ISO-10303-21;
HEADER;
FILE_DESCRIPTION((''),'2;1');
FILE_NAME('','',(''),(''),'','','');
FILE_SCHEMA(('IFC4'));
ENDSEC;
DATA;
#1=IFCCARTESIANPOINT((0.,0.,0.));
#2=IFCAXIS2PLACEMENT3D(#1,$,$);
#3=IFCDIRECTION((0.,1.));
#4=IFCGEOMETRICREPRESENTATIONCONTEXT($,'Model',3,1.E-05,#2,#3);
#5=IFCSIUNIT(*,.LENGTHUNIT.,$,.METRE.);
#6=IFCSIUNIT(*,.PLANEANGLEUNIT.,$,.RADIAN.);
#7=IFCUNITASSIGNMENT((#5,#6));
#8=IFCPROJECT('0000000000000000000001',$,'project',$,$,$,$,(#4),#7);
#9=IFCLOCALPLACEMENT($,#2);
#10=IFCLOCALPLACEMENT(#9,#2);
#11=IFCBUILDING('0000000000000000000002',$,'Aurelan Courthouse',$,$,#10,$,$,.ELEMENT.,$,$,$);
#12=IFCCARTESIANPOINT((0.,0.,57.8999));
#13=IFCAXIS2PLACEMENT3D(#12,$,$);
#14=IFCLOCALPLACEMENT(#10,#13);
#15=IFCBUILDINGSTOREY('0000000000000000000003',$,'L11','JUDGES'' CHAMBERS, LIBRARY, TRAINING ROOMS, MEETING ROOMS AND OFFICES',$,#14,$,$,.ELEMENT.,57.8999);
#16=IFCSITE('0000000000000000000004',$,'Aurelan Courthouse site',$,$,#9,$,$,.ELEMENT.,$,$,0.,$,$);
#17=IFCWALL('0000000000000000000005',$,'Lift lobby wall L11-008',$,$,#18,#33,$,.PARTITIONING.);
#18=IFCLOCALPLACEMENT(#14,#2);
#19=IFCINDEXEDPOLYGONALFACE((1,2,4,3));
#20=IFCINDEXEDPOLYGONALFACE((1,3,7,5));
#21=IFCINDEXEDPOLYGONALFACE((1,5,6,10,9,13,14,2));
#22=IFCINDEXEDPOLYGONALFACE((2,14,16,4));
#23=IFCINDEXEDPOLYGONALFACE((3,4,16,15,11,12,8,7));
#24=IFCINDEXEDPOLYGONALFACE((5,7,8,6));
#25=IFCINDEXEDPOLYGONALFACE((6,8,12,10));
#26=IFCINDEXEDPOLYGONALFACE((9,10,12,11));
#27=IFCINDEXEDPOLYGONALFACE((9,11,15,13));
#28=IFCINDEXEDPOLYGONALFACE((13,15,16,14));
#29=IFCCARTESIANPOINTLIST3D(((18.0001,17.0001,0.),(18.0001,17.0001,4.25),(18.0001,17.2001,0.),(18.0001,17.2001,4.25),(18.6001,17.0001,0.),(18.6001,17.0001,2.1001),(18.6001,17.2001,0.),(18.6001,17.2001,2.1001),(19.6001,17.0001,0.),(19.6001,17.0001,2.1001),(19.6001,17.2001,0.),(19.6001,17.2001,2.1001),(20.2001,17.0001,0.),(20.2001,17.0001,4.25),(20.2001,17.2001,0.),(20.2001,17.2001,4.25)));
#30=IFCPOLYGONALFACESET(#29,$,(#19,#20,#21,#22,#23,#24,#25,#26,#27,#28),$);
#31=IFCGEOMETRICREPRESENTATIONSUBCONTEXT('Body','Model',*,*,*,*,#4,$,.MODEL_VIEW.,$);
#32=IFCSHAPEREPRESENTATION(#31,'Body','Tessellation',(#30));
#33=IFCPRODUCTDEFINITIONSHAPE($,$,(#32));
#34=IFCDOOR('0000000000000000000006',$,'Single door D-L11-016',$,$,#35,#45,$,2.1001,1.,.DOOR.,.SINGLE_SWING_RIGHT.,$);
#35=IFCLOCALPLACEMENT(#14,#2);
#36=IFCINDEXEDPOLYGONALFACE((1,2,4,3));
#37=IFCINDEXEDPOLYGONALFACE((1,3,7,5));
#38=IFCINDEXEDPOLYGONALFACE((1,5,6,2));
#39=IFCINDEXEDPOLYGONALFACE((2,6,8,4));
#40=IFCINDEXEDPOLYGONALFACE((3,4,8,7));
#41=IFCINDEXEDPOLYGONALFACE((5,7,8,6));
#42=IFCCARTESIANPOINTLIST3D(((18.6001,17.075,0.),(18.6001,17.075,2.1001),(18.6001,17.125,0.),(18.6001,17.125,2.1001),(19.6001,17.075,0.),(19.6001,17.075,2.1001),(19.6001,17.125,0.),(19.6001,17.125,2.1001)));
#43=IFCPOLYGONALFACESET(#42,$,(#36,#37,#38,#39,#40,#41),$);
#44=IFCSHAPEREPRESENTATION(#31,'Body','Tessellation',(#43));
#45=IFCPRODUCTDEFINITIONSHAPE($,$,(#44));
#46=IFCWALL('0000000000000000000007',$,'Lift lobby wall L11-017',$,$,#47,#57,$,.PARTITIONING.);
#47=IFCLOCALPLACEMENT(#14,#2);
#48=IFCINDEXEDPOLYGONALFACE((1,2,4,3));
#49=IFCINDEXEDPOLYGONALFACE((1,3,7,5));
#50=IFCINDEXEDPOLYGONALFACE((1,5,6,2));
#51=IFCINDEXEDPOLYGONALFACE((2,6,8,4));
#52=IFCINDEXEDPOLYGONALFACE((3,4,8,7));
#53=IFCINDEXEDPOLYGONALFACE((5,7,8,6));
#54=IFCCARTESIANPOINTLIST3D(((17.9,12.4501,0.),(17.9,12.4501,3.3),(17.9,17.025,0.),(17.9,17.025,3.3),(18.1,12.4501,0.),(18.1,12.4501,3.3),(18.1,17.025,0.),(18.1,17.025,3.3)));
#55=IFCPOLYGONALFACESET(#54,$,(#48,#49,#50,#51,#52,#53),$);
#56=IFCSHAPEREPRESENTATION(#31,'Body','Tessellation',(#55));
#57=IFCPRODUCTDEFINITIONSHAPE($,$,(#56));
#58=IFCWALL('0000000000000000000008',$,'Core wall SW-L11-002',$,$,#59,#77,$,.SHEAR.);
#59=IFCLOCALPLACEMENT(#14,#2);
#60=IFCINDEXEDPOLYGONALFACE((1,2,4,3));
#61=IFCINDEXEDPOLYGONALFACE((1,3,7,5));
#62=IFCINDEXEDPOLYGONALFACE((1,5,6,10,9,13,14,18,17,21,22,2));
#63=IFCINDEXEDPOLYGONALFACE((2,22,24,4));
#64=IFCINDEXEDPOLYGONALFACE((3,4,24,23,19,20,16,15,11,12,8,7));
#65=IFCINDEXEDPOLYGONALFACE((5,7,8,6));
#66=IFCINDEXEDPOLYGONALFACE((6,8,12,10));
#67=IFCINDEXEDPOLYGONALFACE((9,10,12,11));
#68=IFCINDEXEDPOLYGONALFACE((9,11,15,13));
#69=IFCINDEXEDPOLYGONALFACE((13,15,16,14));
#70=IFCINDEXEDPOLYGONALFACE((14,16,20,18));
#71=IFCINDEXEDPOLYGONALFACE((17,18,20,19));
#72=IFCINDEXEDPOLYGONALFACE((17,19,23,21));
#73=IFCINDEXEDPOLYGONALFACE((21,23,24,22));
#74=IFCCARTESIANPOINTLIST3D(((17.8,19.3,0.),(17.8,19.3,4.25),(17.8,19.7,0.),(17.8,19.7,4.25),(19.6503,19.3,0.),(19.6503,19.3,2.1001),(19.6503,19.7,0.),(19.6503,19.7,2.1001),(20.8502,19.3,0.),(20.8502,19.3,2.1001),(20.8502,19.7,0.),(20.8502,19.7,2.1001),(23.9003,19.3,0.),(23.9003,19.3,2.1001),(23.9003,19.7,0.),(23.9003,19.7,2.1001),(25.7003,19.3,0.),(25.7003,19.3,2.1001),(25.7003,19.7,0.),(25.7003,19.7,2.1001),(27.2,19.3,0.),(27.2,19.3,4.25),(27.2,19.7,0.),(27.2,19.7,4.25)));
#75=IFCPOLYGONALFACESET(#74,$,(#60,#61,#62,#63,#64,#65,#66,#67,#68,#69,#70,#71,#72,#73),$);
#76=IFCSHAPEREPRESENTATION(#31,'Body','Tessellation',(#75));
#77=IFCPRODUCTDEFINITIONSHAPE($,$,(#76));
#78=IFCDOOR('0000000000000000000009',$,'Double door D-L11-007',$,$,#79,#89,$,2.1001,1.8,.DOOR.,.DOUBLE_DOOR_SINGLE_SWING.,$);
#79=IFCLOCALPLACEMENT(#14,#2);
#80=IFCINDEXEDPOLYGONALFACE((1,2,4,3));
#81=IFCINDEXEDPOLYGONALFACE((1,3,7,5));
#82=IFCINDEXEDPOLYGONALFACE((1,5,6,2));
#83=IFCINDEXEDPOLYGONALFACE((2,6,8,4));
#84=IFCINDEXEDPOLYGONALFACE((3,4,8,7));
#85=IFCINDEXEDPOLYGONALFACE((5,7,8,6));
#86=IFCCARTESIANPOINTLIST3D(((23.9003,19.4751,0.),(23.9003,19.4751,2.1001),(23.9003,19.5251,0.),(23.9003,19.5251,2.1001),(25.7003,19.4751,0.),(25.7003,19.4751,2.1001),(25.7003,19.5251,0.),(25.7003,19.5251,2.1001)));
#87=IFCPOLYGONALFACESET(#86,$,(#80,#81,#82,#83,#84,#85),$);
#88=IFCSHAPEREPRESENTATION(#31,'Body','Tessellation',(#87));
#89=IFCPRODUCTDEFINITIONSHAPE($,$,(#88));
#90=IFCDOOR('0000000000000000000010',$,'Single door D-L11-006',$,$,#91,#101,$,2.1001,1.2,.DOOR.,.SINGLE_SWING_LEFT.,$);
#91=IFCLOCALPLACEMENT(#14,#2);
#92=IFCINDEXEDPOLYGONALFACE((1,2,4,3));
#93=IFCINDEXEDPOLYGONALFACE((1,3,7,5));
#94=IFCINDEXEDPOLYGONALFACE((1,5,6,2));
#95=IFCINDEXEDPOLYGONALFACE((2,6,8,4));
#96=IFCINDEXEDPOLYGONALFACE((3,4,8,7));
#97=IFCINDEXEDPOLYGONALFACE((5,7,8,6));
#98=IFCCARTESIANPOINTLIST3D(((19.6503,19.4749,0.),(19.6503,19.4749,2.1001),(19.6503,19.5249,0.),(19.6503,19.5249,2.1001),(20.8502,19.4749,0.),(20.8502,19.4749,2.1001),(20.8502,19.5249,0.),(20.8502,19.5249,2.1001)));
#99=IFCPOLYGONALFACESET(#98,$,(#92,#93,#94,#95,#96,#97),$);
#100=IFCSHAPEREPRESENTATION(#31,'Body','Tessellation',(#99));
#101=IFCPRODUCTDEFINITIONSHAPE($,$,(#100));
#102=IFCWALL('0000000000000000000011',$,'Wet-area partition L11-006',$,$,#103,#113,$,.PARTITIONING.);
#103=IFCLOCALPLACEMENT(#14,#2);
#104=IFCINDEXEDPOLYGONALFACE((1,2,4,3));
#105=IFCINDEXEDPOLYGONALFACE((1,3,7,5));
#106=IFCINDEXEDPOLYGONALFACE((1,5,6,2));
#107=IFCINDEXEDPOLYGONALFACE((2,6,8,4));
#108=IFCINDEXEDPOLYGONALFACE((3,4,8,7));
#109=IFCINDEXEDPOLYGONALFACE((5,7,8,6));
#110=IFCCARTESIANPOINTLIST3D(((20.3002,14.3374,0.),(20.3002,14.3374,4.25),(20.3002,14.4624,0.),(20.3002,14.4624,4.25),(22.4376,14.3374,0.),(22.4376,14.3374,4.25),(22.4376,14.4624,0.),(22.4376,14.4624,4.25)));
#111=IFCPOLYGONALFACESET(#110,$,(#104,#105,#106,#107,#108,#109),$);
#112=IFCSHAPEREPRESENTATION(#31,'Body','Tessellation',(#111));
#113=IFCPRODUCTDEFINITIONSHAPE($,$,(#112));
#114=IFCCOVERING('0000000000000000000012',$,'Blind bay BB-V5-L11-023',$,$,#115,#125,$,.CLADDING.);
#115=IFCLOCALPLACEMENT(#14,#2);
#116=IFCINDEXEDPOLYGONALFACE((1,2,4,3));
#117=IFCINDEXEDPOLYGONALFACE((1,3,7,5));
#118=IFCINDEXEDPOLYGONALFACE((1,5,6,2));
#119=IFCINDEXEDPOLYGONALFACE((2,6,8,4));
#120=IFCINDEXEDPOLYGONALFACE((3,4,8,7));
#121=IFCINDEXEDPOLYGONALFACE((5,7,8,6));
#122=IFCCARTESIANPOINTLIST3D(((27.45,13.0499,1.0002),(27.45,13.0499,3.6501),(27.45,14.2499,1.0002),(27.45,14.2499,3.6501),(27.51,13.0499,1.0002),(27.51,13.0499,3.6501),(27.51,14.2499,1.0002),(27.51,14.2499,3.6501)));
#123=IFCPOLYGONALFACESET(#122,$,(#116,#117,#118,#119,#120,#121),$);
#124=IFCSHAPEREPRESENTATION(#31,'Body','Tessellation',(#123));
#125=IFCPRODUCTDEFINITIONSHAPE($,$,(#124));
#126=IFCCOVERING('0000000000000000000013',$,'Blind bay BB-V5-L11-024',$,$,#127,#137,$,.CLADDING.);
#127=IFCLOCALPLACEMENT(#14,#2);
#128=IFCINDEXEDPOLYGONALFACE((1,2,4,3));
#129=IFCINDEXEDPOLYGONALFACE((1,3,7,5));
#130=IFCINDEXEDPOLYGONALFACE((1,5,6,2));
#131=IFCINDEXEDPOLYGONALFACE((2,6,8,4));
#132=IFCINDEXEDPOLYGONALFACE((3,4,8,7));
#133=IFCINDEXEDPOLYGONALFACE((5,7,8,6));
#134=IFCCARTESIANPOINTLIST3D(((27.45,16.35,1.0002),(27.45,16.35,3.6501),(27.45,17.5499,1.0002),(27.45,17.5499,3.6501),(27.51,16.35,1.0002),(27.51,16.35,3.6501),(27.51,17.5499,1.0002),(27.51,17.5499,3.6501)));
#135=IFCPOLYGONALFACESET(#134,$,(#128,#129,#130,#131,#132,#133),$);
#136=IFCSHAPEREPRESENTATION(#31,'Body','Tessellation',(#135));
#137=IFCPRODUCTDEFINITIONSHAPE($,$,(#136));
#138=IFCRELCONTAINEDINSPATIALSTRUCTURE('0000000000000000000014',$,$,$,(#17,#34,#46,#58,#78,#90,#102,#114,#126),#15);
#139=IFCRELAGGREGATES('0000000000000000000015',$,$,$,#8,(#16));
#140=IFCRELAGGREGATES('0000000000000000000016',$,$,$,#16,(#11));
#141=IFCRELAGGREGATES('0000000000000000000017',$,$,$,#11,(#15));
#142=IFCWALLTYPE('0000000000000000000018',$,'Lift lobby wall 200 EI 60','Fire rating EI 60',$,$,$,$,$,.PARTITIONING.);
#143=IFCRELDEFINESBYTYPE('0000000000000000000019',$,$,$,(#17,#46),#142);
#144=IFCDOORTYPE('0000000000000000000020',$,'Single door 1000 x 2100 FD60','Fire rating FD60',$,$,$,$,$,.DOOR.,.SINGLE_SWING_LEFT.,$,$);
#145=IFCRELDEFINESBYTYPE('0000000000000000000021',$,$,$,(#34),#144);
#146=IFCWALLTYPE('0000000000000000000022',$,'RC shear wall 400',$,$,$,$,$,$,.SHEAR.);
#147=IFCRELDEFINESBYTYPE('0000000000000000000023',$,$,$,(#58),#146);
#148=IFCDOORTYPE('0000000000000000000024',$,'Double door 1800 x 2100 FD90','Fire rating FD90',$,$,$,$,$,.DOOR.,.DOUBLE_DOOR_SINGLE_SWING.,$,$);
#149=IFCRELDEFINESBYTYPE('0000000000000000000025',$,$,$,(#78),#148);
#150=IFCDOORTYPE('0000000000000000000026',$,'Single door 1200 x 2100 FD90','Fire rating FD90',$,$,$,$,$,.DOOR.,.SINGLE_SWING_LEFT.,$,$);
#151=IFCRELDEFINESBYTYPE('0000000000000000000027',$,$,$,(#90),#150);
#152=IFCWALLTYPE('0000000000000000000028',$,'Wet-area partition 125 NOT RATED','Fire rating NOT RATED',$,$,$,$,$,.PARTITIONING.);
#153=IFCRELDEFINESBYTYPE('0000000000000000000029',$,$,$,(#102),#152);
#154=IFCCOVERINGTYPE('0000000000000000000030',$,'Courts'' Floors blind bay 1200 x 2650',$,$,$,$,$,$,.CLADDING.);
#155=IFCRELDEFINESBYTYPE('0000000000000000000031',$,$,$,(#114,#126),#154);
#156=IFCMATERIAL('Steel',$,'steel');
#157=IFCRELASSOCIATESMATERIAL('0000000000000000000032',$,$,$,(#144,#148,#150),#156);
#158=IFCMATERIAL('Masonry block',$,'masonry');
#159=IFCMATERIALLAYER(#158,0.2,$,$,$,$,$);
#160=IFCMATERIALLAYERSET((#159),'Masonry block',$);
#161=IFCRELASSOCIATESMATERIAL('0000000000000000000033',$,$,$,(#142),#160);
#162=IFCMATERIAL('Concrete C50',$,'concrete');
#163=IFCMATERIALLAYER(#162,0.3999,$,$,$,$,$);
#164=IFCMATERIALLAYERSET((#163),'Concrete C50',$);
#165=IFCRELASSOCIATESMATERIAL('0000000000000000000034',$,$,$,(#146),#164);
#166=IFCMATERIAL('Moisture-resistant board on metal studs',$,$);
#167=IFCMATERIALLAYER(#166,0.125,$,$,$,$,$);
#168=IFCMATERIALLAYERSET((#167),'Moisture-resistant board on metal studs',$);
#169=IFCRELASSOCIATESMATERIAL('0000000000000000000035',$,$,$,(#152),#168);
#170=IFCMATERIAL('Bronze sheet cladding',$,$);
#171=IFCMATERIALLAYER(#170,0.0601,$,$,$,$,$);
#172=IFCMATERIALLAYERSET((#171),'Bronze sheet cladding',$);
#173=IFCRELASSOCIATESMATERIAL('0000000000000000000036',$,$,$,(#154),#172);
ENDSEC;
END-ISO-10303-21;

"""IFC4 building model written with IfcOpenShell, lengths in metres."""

from ifc_helpers import new_model, si_unit, direction, frame, frame_2d, origin, origin_2d, place, context, subcontext, project, spatial, rectangle, extrude, material, layer, layer_set, type_object, element, fill, save


model = new_model("IFC4")

# Units and contexts
model_context = context("Model", 3, precision=1e-05, world=origin(), true_north=direction((0.0, 1.0)))
body_context = subcontext(model_context, "Body", "Model", "MODEL_VIEW")
ifc_project = project(units=[si_unit("LENGTHUNIT", "METRE"), si_unit("PLANEANGLEUNIT", "RADIAN")], contexts=[model_context])

# Site, building, storey
site_placement = place(None, origin())
site = spatial("IfcSite", under=ifc_project, at=site_placement, Name="Aurelan Courthouse site", CompositionType="ELEMENT", RefElevation=0.0)
building_placement = place(site_placement, origin())
building = spatial("IfcBuilding", under=site, at=building_placement, Name="Aurelan Courthouse", CompositionType="ELEMENT")
storey_placement = place(building_placement, frame((0.0, 0.0, 57.8999)))
storey = spatial("IfcBuildingStorey", under=building, at=storey_placement, Name="L11", Description="JUDGES' CHAMBERS, LIBRARY, TRAINING ROOMS, MEETING ROOMS AND OFFICES", CompositionType="ELEMENT", Elevation=57.8999)

# Shared definitions
ifc_material_1 = material(Name="Concrete C50", Category="concrete")

# Shared definitions
ifc_material_2 = material(Name="Steel", Category="steel")
door_type_1 = type_object("IfcDoorType", Name="Single door 1000 x 2100 FD60", Description="Fire rating FD60", OperationType="SINGLE_SWING_LEFT", PredefinedType="DOOR", material=ifc_material_2)

# Wall, opening, door
ifc_material_3 = material(Name="Masonry block", Category="masonry")
ifc_layer_1 = layer(ifc_material_3, 0.2)
ifc_layer_set_1 = layer_set([ifc_layer_1], Name="Masonry block")
wall_type_1 = type_object("IfcWallType", Name="Lift lobby wall 200 EI 60", Description="Fire rating EI 60", PredefinedType="PARTITIONING", material=ifc_layer_set_1)
wall_1_placement = place(storey_placement, frame((18.0, 17.1001, 0.0), z_axis=(0.0, 0.0, 1.0), x_axis=(1.0, 0.0, 0.0)))
wall_1 = element("IfcWall", 1, at=wall_1_placement, inside=storey, type_object=wall_type_1, Name="Lift lobby wall L11-008", PredefinedType="PARTITIONING", context=body_context, shape_type="SweptSolid", body=[
    extrude(rectangle(XDim=2.2, YDim=0.2, at=frame_2d((1.1001, 0.0))), origin(), (0.0, 0.0, 1.0), 4.25),
])
opening_1_placement = place(wall_1_placement, frame((0.6001, 0.0, 0.0)))
opening_1 = element("IfcOpeningElement", 2, at=opening_1_placement, cuts=wall_1, PredefinedType="OPENING", context=body_context, shape_type="SweptSolid", body=[
    extrude(rectangle(XDim=1.0, YDim=2.1001, at=frame_2d((0.5, 1.05))), frame((0.0, 0.1099, 0.0), z_axis=(0.0, -1.0, 0.0), x_axis=(1.0, 0.0, 0.0)), (0.0, 0.0, 1.0), 0.22),
])
door_1_placement = place(opening_1_placement, origin())
door_1 = element("IfcDoor", 3, at=door_1_placement, inside=storey, type_object=door_type_1, Name="Single door D-L11-016", OperationType="SINGLE_SWING_RIGHT", OverallHeight=2.1001, OverallWidth=1.0, PredefinedType="DOOR", context=body_context, shape_type="SweptSolid", body=[
    extrude(rectangle(XDim=1.0, YDim=2.1001, at=frame_2d((0.5, 1.05))), frame((0.0, 0.0249, 0.0), z_axis=(0.0, -1.0, 0.0), x_axis=(1.0, 0.0, 0.0)), (0.0, 0.0, 1.0), 0.05),
])
fill(opening_1, door_1)

# Wall
wall_2_placement = place(storey_placement, frame((18.0, 12.45, 0.0), z_axis=(0.0, 0.0, 1.0), x_axis=(0.0, 1.0, 0.0)))
element("IfcWall", 4, at=wall_2_placement, inside=storey, type_object=wall_type_1, Name="Lift lobby wall L11-017", PredefinedType="PARTITIONING", context=body_context, shape_type="SweptSolid", body=[
    extrude(rectangle(XDim=4.575, YDim=0.2, at=frame_2d((2.2876, 0.0))), origin(), (0.0, 0.0, 1.0), 3.3),
])

# Wall, openings, doors
ifc_layer_2 = layer(ifc_material_1, 0.3999)
ifc_layer_set_2 = layer_set([ifc_layer_2], Name="Concrete C50")
wall_type_2 = type_object("IfcWallType", Name="RC shear wall 400", PredefinedType="SHEAR", material=ifc_layer_set_2)
wall_3_placement = place(storey_placement, frame((17.8, 19.5, 0.0), z_axis=(0.0, 0.0, 1.0), x_axis=(1.0, 0.0, 0.0)))
wall_3 = element("IfcWall", 5, at=wall_3_placement, inside=storey, type_object=wall_type_2, Name="Core wall SW-L11-002", PredefinedType="SHEAR", context=body_context, shape_type="SweptSolid", body=[
    extrude(rectangle(XDim=9.3999, YDim=0.3999, at=frame_2d((4.7, 0.0))), origin(), (0.0, 0.0, 1.0), 4.25),
])
opening_2_placement = place(wall_3_placement, frame((1.8501, 0.0, 0.0)))
opening_2 = element("IfcOpeningElement", 6, at=opening_2_placement, cuts=wall_3, PredefinedType="OPENING", context=body_context, shape_type="SweptSolid", body=[
    extrude(rectangle(XDim=1.2, YDim=2.1001, at=frame_2d((0.6001, 1.05))), frame((0.0, 0.21, 0.0), z_axis=(0.0, -1.0, 0.0), x_axis=(1.0, 0.0, 0.0)), (0.0, 0.0, 1.0), 0.4199),
])
opening_3_placement = place(wall_3_placement, frame((7.9001, 0.0, 0.0), z_axis=(0.0, 0.0, 1.0), x_axis=(-1.0, 0.0, 0.0)))
opening_3 = element("IfcOpeningElement", 7, at=opening_3_placement, cuts=wall_3, PredefinedType="OPENING", context=body_context, shape_type="SweptSolid", body=[
    extrude(rectangle(XDim=1.8, YDim=2.1001, at=frame_2d((0.8999, 1.05))), frame((0.0, 0.21, 0.0), z_axis=(0.0, -1.0, 0.0), x_axis=(1.0, 0.0, 0.0)), (0.0, 0.0, 1.0), 0.4199),
])
door_type_2 = type_object("IfcDoorType", Name="Double door 1800 x 2100 FD90", Description="Fire rating FD90", OperationType="DOUBLE_DOOR_SINGLE_SWING", PredefinedType="DOOR", material=ifc_material_2)
door_2_placement = place(opening_3_placement, origin())
door_2 = element("IfcDoor", 8, at=door_2_placement, inside=storey, type_object=door_type_2, Name="Double door D-L11-007", OperationType="DOUBLE_DOOR_SINGLE_SWING", OverallHeight=2.1001, OverallWidth=1.8, PredefinedType="DOOR", context=body_context, shape_type="SweptSolid", body=[
    extrude(rectangle(XDim=1.8, YDim=2.1001, at=frame_2d((0.8999, 1.05))), frame((0.0, 0.0249, 0.0), z_axis=(0.0, -1.0, 0.0), x_axis=(1.0, 0.0, 0.0)), (0.0, 0.0, 1.0), 0.05),
])
fill(opening_3, door_2)
door_type_3 = type_object("IfcDoorType", Name="Single door 1200 x 2100 FD90", Description="Fire rating FD90", OperationType="SINGLE_SWING_LEFT", PredefinedType="DOOR", material=ifc_material_2)
door_3_placement = place(opening_2_placement, origin())
door_3 = element("IfcDoor", 9, at=door_3_placement, inside=storey, type_object=door_type_3, Name="Single door D-L11-006", OperationType="SINGLE_SWING_LEFT", OverallHeight=2.1001, OverallWidth=1.2, PredefinedType="DOOR", context=body_context, shape_type="SweptSolid", body=[
    extrude(rectangle(XDim=1.2, YDim=2.1001, at=frame_2d((0.6001, 1.05))), frame((0.0, 0.0249, 0.0), z_axis=(0.0, -1.0, 0.0), x_axis=(1.0, 0.0, 0.0)), (0.0, 0.0, 1.0), 0.05),
])
fill(opening_2, door_3)

# Wall
ifc_material_4 = material(Name="Moisture-resistant board on metal studs")
ifc_layer_3 = layer(ifc_material_4, 0.125)
ifc_layer_set_3 = layer_set([ifc_layer_3], Name="Moisture-resistant board on metal studs")
wall_type_3 = type_object("IfcWallType", Name="Wet-area partition 125 NOT RATED", Description="Fire rating NOT RATED", PredefinedType="PARTITIONING", material=ifc_layer_set_3)
wall_4_placement = place(storey_placement, frame((20.3, 14.3999, 0.0), z_axis=(0.0, 0.0, 1.0), x_axis=(1.0, 0.0, 0.0)))
element("IfcWall", 10, at=wall_4_placement, inside=storey, type_object=wall_type_3, Name="Wet-area partition L11-006", PredefinedType="PARTITIONING", context=body_context, shape_type="SweptSolid", body=[
    extrude(rectangle(XDim=2.1375, YDim=0.125, at=frame_2d((1.0688, 0.0))), origin(), (0.0, 0.0, 1.0), 4.25),
])

# Coverings
ifc_material_5 = material(Name="Bronze sheet cladding")
ifc_layer_4 = layer(ifc_material_5, 0.0601)
ifc_layer_set_4 = layer_set([ifc_layer_4], Name="Bronze sheet cladding")
covering_type = type_object("IfcCoveringType", Name="Courts' Floors blind bay 1200 x 2650", PredefinedType="CLADDING", material=ifc_layer_set_4)
for number, where, z_axis, x_axis, name in (
    (11, (27.48, 13.6499, 1.0002), (0.0, 0.0, 1.0), (1.0, 0.0, 0.0), "Blind bay BB-V5-L11-023"),
    (12, (27.48, 16.95, 1.0002), (0.0, 0.0, 1.0), (1.0, 0.0, 0.0), "Blind bay BB-V5-L11-024"),
):
    element("IfcCovering", number, at=place(storey_placement, frame(where, z_axis=z_axis, x_axis=x_axis)), inside=storey, type_object=covering_type, Name=name, PredefinedType="CLADDING", context=body_context, shape_type="SweptSolid", body=[
        extrude(rectangle(XDim=0.0601, YDim=1.2, at=origin_2d()), origin(), (0.0, 0.0, 1.0), 2.6499),
    ])

save(model, "model.ifc")
